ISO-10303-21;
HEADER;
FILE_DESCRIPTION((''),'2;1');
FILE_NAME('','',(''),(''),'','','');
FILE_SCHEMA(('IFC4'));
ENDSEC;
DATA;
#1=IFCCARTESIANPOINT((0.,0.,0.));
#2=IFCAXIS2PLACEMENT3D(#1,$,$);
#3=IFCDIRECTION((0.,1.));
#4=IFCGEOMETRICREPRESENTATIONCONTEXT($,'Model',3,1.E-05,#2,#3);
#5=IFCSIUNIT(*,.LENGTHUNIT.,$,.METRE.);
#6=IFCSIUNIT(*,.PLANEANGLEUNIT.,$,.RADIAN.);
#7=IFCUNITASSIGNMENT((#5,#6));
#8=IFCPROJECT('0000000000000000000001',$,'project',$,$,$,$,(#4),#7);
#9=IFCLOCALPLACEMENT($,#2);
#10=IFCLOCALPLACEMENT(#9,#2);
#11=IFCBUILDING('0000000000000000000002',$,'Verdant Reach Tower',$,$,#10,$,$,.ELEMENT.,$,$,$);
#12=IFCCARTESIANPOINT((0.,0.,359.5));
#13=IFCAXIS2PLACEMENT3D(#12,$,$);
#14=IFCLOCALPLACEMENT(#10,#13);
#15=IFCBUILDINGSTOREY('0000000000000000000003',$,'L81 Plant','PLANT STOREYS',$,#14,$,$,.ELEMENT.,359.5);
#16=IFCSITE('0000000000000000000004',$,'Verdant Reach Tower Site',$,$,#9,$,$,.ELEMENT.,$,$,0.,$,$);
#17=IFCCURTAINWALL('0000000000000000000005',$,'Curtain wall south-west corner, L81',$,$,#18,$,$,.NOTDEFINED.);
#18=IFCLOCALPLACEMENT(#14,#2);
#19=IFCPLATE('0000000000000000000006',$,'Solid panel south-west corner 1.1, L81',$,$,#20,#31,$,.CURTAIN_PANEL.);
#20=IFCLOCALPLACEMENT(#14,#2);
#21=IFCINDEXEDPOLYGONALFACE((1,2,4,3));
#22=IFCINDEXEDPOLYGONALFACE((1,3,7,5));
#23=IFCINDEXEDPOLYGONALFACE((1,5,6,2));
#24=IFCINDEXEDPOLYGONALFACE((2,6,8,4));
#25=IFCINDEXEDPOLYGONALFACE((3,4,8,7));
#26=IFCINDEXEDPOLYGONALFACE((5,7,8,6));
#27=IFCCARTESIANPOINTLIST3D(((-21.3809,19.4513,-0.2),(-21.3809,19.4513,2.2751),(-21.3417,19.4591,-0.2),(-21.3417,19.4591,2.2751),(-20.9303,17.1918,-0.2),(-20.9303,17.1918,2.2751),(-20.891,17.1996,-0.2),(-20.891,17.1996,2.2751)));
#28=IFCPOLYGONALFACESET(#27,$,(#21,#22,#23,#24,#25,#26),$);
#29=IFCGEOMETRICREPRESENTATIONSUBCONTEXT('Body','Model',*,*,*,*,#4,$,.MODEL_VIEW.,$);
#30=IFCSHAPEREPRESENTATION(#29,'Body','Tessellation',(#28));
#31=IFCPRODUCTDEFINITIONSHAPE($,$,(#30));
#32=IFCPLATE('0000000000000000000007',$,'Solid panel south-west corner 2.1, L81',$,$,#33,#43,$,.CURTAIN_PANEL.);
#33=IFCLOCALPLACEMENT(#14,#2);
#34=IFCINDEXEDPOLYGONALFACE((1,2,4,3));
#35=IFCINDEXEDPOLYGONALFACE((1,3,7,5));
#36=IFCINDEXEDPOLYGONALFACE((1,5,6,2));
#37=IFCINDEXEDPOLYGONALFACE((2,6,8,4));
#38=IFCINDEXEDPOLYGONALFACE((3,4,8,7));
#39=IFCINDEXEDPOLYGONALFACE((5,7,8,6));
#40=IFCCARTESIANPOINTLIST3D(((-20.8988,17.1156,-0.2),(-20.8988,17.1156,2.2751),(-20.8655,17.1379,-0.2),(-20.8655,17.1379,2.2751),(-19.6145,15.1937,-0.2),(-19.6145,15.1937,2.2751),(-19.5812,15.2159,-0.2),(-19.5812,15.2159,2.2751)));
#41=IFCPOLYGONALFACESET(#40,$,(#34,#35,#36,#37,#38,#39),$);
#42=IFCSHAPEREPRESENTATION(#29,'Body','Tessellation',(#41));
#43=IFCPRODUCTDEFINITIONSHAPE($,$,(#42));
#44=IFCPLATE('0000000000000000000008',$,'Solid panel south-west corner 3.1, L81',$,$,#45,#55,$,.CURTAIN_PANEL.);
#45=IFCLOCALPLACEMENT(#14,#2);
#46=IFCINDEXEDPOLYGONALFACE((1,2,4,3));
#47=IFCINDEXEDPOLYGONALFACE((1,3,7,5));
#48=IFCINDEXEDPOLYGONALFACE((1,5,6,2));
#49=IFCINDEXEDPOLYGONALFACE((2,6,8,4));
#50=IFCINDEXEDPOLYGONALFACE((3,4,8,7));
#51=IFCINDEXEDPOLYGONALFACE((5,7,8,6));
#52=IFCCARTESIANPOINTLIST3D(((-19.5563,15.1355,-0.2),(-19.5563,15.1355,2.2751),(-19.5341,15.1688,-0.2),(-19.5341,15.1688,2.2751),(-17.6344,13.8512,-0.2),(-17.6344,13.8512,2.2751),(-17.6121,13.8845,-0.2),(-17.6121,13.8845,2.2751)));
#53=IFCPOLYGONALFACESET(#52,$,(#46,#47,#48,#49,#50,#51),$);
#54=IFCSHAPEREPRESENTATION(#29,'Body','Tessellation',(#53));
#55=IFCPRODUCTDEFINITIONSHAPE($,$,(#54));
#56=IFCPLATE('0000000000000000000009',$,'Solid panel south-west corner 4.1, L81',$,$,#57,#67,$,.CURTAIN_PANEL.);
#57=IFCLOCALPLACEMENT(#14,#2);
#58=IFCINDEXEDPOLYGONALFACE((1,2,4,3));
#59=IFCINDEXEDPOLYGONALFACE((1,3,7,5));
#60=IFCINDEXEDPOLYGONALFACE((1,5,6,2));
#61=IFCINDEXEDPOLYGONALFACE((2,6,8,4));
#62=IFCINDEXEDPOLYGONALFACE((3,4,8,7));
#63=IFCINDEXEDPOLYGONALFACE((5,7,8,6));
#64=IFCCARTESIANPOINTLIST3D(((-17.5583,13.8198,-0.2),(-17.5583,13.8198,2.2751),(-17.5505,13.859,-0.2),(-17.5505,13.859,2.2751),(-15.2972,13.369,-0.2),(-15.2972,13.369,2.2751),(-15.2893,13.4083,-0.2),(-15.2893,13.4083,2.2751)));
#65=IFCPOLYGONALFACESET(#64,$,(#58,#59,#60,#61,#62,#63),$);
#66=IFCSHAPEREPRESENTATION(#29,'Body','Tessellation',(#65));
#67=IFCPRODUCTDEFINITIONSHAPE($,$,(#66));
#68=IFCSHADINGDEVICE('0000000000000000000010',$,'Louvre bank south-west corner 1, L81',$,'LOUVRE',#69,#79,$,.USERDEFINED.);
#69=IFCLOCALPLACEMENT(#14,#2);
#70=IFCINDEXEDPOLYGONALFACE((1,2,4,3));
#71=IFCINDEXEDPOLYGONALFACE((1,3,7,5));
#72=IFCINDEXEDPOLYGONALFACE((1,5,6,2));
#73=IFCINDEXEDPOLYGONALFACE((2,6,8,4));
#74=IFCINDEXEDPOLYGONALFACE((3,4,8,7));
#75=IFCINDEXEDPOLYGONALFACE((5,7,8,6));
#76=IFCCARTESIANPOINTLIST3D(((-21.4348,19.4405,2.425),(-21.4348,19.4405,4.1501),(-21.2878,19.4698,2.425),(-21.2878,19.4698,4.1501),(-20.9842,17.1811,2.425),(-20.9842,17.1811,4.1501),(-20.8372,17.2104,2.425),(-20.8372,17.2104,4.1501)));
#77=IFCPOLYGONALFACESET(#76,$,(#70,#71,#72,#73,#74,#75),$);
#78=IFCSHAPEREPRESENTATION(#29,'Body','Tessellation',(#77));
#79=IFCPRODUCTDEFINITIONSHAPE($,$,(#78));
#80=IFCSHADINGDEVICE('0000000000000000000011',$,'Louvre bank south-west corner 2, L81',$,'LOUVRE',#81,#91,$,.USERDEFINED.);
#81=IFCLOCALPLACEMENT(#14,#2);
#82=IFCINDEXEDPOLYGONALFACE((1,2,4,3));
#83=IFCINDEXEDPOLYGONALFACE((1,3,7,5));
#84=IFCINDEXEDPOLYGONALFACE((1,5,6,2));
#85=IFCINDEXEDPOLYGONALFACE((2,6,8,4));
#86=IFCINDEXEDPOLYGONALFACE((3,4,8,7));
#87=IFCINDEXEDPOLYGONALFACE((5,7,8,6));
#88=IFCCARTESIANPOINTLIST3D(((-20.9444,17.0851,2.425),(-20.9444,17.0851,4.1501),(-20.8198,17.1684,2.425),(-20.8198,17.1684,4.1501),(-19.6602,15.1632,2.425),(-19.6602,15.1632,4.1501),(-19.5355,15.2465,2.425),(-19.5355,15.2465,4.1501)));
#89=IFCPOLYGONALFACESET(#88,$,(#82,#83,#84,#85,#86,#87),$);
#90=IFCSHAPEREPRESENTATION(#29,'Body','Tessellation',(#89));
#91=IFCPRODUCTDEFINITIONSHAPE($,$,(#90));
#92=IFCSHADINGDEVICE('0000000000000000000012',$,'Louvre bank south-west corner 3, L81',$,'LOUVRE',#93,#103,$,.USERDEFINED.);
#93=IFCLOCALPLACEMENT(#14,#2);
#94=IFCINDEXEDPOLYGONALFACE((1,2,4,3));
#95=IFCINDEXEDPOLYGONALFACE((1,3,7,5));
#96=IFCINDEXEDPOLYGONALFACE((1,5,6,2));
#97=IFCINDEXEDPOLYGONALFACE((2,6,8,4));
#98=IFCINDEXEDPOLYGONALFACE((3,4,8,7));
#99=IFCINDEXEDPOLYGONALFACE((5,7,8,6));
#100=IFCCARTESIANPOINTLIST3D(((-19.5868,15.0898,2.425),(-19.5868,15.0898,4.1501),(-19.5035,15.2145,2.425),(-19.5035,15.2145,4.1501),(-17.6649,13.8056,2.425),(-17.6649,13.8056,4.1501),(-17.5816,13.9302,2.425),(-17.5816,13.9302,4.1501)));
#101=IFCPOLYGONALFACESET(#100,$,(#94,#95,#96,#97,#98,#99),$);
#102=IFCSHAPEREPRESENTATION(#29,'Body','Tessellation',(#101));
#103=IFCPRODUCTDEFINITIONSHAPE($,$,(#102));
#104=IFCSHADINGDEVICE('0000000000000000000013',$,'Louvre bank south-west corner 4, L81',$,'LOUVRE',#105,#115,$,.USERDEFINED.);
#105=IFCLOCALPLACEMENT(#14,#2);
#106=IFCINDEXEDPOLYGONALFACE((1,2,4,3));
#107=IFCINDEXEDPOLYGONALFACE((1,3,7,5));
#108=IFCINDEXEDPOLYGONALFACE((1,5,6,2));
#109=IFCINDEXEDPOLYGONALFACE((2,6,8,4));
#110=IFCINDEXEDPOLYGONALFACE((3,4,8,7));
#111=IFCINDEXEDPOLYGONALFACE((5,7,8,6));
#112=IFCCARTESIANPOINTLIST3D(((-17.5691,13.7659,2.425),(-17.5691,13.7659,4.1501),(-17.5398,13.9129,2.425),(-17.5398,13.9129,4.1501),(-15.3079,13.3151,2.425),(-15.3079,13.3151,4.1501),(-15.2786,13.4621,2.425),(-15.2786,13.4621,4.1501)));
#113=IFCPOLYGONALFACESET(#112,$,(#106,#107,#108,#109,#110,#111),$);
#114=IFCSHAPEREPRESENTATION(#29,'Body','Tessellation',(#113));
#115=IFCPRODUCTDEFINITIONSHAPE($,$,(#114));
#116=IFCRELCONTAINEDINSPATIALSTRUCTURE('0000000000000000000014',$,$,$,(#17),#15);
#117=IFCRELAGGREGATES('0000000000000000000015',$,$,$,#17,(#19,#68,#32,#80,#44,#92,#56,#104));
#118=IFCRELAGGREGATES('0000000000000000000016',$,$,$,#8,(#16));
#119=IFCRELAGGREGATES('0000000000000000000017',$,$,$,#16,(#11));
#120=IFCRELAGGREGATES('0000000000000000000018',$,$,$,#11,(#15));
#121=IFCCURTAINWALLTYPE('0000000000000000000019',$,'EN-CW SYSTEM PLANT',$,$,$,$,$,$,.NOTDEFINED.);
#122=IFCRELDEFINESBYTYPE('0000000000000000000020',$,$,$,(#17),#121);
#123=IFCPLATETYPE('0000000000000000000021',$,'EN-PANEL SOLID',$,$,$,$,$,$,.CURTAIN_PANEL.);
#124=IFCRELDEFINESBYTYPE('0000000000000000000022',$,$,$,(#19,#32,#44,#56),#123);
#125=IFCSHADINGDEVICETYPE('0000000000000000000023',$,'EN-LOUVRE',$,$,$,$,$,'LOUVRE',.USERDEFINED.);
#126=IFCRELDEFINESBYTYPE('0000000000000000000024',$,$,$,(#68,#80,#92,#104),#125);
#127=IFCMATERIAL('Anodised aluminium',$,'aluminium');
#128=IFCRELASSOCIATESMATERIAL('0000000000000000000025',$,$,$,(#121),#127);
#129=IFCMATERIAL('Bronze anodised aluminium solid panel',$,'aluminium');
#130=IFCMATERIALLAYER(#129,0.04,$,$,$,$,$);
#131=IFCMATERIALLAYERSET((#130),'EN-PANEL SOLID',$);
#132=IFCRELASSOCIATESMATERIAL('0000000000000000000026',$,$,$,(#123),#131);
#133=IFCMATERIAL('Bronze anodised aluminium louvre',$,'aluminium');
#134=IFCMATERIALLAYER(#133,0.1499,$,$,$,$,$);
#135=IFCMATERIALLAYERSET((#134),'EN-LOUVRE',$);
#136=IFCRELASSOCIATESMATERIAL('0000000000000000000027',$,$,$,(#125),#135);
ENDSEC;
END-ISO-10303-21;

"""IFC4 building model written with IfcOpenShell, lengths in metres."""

from ifc_helpers import new_model, si_unit, direction, frame, origin, origin_2d, place, context, subcontext, project, spatial, rectangle, extrude, material, layer, layer_set, type_object, element, aggregate, save


model = new_model("IFC4")

# Units and contexts
model_context = context("Model", 3, precision=1e-05, world=origin(), true_north=direction((0.0, 1.0)))
body_context = subcontext(model_context, "Body", "Model", "MODEL_VIEW")
ifc_project = project(units=[si_unit("LENGTHUNIT", "METRE"), si_unit("PLANEANGLEUNIT", "RADIAN")], contexts=[model_context])

# Site, building, storey
site_placement = place(None, origin())
site = spatial("IfcSite", under=ifc_project, at=site_placement, Name="Verdant Reach Tower Site", CompositionType="ELEMENT", RefElevation=0.0)
building_placement = place(site_placement, origin())
building = spatial("IfcBuilding", under=site, at=building_placement, Name="Verdant Reach Tower", CompositionType="ELEMENT")
storey_placement = place(building_placement, frame((0.0, 0.0, 359.5)))
storey = spatial("IfcBuildingStorey", under=building, at=storey_placement, Name="L81 Plant", Description="PLANT STOREYS", CompositionType="ELEMENT", Elevation=359.5)

# Curtain wall
ifc_material_1 = material(Name="Anodised aluminium", Category="aluminium")
curtain_wall_type = type_object("IfcCurtainWallType", Name="EN-CW SYSTEM PLANT", PredefinedType="NOTDEFINED", material=ifc_material_1)
curtain_wall_1_placement = place(storey_placement, origin())
curtain_wall_1 = element("IfcCurtainWall", 1, at=curtain_wall_1_placement, inside=storey, type_object=curtain_wall_type, Name="Curtain wall south-west corner, L81", PredefinedType="NOTDEFINED")

# Plates
ifc_material_2 = material(Name="Bronze anodised aluminium solid panel", Category="aluminium")
ifc_layer_1 = layer(ifc_material_2, 0.04)
ifc_layer_set_1 = layer_set([ifc_layer_1], Name="EN-PANEL SOLID")
plate_type = type_object("IfcPlateType", Name="EN-PANEL SOLID", PredefinedType="CURTAIN_PANEL", material=ifc_layer_set_1)
plate_1_placement = place(storey_placement, frame((-21.136, 18.3254, -0.2), z_axis=(0.0, 0.0, 1.0), x_axis=(0.195593, -0.980685, 0.0)))
plate_1 = element("IfcPlate", 2, at=plate_1_placement, type_object=plate_type, Name="Solid panel south-west corner 1.1, L81", PredefinedType="CURTAIN_PANEL", context=body_context, shape_type="SweptSolid", body=[
    extrude(rectangle(XDim=2.304, YDim=0.04, at=origin_2d()), origin(), (0.0, 0.0, 1.0), 2.4751),
])
plate_2_placement = place(storey_placement, frame((-20.24, 16.1658, -0.2), z_axis=(0.0, 0.0, 1.0), x_axis=(0.555596, -0.831452, 0.0)))
plate_2 = element("IfcPlate", 3, at=plate_2_placement, type_object=plate_type, Name="Solid panel south-west corner 2.1, L81", PredefinedType="CURTAIN_PANEL", context=body_context, shape_type="SweptSolid", body=[
    extrude(rectangle(XDim=2.3115, YDim=0.04, at=origin_2d()), origin(), (0.0, 0.0, 1.0), 2.4751),
])
plate_3_placement = place(storey_placement, frame((-18.5842, 14.51, -0.2), z_axis=(0.0, 0.0, 1.0), x_axis=(0.831452, -0.555596, 0.0)))
plate_3 = element("IfcPlate", 4, at=plate_3_placement, type_object=plate_type, Name="Solid panel south-west corner 3.1, L81", PredefinedType="CURTAIN_PANEL", context=body_context, shape_type="SweptSolid", body=[
    extrude(rectangle(XDim=2.3115, YDim=0.04, at=origin_2d()), origin(), (0.0, 0.0, 1.0), 2.4751),
])
plate_4_placement = place(storey_placement, frame((-16.4238, 13.614, -0.2), z_axis=(0.0, 0.0, 1.0), x_axis=(0.980705, -0.195493, 0.0)))
plate_4 = element("IfcPlate", 5, at=plate_4_placement, type_object=plate_type, Name="Solid panel south-west corner 4.1, L81", PredefinedType="CURTAIN_PANEL", context=body_context, shape_type="SweptSolid", body=[
    extrude(rectangle(XDim=2.3057, YDim=0.04, at=origin_2d()), origin(), (0.0, 0.0, 1.0), 2.4751),
])

# Shading devices
ifc_material_3 = material(Name="Bronze anodised aluminium louvre", Category="aluminium")
ifc_layer_2 = layer(ifc_material_3, 0.1499)
ifc_layer_set_2 = layer_set([ifc_layer_2], Name="EN-LOUVRE")
shading_device_type = type_object("IfcShadingDeviceType", Name="EN-LOUVRE", ElementType="LOUVRE", PredefinedType="USERDEFINED", material=ifc_layer_set_2)
shading_device_1_placement = place(storey_placement, frame((-21.136, 18.3254, 2.425), z_axis=(0.0, 0.0, 1.0), x_axis=(0.195593, -0.980685, 0.0)))
shading_device_1 = element("IfcShadingDevice", 6, at=shading_device_1_placement, type_object=shading_device_type, Name="Louvre bank south-west corner 1, L81", ObjectType="LOUVRE", PredefinedType="USERDEFINED", context=body_context, shape_type="SweptSolid", body=[
    extrude(rectangle(XDim=2.304, YDim=0.1499, at=origin_2d()), origin(), (0.0, 0.0, 1.0), 1.7251),
])
shading_device_2_placement = place(storey_placement, frame((-20.24, 16.1658, 2.425), z_axis=(0.0, 0.0, 1.0), x_axis=(0.555596, -0.831452, 0.0)))
shading_device_2 = element("IfcShadingDevice", 7, at=shading_device_2_placement, type_object=shading_device_type, Name="Louvre bank south-west corner 2, L81", ObjectType="LOUVRE", PredefinedType="USERDEFINED", context=body_context, shape_type="SweptSolid", body=[
    extrude(rectangle(XDim=2.3115, YDim=0.1499, at=origin_2d()), origin(), (0.0, 0.0, 1.0), 1.7251),
])
shading_device_3_placement = place(storey_placement, frame((-18.5842, 14.51, 2.425), z_axis=(0.0, 0.0, 1.0), x_axis=(0.831452, -0.555596, 0.0)))
shading_device_3 = element("IfcShadingDevice", 8, at=shading_device_3_placement, type_object=shading_device_type, Name="Louvre bank south-west corner 3, L81", ObjectType="LOUVRE", PredefinedType="USERDEFINED", context=body_context, shape_type="SweptSolid", body=[
    extrude(rectangle(XDim=2.3115, YDim=0.1499, at=origin_2d()), origin(), (0.0, 0.0, 1.0), 1.7251),
])
shading_device_4_placement = place(storey_placement, frame((-16.4238, 13.614, 2.425), z_axis=(0.0, 0.0, 1.0), x_axis=(0.980705, -0.195493, 0.0)))
shading_device_4 = element("IfcShadingDevice", 9, at=shading_device_4_placement, type_object=shading_device_type, Name="Louvre bank south-west corner 4, L81", ObjectType="LOUVRE", PredefinedType="USERDEFINED", context=body_context, shape_type="SweptSolid", body=[
    extrude(rectangle(XDim=2.3057, YDim=0.1499, at=origin_2d()), origin(), (0.0, 0.0, 1.0), 1.7251),
])
aggregate(curtain_wall_1, [plate_1, shading_device_1, plate_2, shading_device_2, plate_3, shading_device_3, plate_4, shading_device_4])

save(model, "model.ifc")
